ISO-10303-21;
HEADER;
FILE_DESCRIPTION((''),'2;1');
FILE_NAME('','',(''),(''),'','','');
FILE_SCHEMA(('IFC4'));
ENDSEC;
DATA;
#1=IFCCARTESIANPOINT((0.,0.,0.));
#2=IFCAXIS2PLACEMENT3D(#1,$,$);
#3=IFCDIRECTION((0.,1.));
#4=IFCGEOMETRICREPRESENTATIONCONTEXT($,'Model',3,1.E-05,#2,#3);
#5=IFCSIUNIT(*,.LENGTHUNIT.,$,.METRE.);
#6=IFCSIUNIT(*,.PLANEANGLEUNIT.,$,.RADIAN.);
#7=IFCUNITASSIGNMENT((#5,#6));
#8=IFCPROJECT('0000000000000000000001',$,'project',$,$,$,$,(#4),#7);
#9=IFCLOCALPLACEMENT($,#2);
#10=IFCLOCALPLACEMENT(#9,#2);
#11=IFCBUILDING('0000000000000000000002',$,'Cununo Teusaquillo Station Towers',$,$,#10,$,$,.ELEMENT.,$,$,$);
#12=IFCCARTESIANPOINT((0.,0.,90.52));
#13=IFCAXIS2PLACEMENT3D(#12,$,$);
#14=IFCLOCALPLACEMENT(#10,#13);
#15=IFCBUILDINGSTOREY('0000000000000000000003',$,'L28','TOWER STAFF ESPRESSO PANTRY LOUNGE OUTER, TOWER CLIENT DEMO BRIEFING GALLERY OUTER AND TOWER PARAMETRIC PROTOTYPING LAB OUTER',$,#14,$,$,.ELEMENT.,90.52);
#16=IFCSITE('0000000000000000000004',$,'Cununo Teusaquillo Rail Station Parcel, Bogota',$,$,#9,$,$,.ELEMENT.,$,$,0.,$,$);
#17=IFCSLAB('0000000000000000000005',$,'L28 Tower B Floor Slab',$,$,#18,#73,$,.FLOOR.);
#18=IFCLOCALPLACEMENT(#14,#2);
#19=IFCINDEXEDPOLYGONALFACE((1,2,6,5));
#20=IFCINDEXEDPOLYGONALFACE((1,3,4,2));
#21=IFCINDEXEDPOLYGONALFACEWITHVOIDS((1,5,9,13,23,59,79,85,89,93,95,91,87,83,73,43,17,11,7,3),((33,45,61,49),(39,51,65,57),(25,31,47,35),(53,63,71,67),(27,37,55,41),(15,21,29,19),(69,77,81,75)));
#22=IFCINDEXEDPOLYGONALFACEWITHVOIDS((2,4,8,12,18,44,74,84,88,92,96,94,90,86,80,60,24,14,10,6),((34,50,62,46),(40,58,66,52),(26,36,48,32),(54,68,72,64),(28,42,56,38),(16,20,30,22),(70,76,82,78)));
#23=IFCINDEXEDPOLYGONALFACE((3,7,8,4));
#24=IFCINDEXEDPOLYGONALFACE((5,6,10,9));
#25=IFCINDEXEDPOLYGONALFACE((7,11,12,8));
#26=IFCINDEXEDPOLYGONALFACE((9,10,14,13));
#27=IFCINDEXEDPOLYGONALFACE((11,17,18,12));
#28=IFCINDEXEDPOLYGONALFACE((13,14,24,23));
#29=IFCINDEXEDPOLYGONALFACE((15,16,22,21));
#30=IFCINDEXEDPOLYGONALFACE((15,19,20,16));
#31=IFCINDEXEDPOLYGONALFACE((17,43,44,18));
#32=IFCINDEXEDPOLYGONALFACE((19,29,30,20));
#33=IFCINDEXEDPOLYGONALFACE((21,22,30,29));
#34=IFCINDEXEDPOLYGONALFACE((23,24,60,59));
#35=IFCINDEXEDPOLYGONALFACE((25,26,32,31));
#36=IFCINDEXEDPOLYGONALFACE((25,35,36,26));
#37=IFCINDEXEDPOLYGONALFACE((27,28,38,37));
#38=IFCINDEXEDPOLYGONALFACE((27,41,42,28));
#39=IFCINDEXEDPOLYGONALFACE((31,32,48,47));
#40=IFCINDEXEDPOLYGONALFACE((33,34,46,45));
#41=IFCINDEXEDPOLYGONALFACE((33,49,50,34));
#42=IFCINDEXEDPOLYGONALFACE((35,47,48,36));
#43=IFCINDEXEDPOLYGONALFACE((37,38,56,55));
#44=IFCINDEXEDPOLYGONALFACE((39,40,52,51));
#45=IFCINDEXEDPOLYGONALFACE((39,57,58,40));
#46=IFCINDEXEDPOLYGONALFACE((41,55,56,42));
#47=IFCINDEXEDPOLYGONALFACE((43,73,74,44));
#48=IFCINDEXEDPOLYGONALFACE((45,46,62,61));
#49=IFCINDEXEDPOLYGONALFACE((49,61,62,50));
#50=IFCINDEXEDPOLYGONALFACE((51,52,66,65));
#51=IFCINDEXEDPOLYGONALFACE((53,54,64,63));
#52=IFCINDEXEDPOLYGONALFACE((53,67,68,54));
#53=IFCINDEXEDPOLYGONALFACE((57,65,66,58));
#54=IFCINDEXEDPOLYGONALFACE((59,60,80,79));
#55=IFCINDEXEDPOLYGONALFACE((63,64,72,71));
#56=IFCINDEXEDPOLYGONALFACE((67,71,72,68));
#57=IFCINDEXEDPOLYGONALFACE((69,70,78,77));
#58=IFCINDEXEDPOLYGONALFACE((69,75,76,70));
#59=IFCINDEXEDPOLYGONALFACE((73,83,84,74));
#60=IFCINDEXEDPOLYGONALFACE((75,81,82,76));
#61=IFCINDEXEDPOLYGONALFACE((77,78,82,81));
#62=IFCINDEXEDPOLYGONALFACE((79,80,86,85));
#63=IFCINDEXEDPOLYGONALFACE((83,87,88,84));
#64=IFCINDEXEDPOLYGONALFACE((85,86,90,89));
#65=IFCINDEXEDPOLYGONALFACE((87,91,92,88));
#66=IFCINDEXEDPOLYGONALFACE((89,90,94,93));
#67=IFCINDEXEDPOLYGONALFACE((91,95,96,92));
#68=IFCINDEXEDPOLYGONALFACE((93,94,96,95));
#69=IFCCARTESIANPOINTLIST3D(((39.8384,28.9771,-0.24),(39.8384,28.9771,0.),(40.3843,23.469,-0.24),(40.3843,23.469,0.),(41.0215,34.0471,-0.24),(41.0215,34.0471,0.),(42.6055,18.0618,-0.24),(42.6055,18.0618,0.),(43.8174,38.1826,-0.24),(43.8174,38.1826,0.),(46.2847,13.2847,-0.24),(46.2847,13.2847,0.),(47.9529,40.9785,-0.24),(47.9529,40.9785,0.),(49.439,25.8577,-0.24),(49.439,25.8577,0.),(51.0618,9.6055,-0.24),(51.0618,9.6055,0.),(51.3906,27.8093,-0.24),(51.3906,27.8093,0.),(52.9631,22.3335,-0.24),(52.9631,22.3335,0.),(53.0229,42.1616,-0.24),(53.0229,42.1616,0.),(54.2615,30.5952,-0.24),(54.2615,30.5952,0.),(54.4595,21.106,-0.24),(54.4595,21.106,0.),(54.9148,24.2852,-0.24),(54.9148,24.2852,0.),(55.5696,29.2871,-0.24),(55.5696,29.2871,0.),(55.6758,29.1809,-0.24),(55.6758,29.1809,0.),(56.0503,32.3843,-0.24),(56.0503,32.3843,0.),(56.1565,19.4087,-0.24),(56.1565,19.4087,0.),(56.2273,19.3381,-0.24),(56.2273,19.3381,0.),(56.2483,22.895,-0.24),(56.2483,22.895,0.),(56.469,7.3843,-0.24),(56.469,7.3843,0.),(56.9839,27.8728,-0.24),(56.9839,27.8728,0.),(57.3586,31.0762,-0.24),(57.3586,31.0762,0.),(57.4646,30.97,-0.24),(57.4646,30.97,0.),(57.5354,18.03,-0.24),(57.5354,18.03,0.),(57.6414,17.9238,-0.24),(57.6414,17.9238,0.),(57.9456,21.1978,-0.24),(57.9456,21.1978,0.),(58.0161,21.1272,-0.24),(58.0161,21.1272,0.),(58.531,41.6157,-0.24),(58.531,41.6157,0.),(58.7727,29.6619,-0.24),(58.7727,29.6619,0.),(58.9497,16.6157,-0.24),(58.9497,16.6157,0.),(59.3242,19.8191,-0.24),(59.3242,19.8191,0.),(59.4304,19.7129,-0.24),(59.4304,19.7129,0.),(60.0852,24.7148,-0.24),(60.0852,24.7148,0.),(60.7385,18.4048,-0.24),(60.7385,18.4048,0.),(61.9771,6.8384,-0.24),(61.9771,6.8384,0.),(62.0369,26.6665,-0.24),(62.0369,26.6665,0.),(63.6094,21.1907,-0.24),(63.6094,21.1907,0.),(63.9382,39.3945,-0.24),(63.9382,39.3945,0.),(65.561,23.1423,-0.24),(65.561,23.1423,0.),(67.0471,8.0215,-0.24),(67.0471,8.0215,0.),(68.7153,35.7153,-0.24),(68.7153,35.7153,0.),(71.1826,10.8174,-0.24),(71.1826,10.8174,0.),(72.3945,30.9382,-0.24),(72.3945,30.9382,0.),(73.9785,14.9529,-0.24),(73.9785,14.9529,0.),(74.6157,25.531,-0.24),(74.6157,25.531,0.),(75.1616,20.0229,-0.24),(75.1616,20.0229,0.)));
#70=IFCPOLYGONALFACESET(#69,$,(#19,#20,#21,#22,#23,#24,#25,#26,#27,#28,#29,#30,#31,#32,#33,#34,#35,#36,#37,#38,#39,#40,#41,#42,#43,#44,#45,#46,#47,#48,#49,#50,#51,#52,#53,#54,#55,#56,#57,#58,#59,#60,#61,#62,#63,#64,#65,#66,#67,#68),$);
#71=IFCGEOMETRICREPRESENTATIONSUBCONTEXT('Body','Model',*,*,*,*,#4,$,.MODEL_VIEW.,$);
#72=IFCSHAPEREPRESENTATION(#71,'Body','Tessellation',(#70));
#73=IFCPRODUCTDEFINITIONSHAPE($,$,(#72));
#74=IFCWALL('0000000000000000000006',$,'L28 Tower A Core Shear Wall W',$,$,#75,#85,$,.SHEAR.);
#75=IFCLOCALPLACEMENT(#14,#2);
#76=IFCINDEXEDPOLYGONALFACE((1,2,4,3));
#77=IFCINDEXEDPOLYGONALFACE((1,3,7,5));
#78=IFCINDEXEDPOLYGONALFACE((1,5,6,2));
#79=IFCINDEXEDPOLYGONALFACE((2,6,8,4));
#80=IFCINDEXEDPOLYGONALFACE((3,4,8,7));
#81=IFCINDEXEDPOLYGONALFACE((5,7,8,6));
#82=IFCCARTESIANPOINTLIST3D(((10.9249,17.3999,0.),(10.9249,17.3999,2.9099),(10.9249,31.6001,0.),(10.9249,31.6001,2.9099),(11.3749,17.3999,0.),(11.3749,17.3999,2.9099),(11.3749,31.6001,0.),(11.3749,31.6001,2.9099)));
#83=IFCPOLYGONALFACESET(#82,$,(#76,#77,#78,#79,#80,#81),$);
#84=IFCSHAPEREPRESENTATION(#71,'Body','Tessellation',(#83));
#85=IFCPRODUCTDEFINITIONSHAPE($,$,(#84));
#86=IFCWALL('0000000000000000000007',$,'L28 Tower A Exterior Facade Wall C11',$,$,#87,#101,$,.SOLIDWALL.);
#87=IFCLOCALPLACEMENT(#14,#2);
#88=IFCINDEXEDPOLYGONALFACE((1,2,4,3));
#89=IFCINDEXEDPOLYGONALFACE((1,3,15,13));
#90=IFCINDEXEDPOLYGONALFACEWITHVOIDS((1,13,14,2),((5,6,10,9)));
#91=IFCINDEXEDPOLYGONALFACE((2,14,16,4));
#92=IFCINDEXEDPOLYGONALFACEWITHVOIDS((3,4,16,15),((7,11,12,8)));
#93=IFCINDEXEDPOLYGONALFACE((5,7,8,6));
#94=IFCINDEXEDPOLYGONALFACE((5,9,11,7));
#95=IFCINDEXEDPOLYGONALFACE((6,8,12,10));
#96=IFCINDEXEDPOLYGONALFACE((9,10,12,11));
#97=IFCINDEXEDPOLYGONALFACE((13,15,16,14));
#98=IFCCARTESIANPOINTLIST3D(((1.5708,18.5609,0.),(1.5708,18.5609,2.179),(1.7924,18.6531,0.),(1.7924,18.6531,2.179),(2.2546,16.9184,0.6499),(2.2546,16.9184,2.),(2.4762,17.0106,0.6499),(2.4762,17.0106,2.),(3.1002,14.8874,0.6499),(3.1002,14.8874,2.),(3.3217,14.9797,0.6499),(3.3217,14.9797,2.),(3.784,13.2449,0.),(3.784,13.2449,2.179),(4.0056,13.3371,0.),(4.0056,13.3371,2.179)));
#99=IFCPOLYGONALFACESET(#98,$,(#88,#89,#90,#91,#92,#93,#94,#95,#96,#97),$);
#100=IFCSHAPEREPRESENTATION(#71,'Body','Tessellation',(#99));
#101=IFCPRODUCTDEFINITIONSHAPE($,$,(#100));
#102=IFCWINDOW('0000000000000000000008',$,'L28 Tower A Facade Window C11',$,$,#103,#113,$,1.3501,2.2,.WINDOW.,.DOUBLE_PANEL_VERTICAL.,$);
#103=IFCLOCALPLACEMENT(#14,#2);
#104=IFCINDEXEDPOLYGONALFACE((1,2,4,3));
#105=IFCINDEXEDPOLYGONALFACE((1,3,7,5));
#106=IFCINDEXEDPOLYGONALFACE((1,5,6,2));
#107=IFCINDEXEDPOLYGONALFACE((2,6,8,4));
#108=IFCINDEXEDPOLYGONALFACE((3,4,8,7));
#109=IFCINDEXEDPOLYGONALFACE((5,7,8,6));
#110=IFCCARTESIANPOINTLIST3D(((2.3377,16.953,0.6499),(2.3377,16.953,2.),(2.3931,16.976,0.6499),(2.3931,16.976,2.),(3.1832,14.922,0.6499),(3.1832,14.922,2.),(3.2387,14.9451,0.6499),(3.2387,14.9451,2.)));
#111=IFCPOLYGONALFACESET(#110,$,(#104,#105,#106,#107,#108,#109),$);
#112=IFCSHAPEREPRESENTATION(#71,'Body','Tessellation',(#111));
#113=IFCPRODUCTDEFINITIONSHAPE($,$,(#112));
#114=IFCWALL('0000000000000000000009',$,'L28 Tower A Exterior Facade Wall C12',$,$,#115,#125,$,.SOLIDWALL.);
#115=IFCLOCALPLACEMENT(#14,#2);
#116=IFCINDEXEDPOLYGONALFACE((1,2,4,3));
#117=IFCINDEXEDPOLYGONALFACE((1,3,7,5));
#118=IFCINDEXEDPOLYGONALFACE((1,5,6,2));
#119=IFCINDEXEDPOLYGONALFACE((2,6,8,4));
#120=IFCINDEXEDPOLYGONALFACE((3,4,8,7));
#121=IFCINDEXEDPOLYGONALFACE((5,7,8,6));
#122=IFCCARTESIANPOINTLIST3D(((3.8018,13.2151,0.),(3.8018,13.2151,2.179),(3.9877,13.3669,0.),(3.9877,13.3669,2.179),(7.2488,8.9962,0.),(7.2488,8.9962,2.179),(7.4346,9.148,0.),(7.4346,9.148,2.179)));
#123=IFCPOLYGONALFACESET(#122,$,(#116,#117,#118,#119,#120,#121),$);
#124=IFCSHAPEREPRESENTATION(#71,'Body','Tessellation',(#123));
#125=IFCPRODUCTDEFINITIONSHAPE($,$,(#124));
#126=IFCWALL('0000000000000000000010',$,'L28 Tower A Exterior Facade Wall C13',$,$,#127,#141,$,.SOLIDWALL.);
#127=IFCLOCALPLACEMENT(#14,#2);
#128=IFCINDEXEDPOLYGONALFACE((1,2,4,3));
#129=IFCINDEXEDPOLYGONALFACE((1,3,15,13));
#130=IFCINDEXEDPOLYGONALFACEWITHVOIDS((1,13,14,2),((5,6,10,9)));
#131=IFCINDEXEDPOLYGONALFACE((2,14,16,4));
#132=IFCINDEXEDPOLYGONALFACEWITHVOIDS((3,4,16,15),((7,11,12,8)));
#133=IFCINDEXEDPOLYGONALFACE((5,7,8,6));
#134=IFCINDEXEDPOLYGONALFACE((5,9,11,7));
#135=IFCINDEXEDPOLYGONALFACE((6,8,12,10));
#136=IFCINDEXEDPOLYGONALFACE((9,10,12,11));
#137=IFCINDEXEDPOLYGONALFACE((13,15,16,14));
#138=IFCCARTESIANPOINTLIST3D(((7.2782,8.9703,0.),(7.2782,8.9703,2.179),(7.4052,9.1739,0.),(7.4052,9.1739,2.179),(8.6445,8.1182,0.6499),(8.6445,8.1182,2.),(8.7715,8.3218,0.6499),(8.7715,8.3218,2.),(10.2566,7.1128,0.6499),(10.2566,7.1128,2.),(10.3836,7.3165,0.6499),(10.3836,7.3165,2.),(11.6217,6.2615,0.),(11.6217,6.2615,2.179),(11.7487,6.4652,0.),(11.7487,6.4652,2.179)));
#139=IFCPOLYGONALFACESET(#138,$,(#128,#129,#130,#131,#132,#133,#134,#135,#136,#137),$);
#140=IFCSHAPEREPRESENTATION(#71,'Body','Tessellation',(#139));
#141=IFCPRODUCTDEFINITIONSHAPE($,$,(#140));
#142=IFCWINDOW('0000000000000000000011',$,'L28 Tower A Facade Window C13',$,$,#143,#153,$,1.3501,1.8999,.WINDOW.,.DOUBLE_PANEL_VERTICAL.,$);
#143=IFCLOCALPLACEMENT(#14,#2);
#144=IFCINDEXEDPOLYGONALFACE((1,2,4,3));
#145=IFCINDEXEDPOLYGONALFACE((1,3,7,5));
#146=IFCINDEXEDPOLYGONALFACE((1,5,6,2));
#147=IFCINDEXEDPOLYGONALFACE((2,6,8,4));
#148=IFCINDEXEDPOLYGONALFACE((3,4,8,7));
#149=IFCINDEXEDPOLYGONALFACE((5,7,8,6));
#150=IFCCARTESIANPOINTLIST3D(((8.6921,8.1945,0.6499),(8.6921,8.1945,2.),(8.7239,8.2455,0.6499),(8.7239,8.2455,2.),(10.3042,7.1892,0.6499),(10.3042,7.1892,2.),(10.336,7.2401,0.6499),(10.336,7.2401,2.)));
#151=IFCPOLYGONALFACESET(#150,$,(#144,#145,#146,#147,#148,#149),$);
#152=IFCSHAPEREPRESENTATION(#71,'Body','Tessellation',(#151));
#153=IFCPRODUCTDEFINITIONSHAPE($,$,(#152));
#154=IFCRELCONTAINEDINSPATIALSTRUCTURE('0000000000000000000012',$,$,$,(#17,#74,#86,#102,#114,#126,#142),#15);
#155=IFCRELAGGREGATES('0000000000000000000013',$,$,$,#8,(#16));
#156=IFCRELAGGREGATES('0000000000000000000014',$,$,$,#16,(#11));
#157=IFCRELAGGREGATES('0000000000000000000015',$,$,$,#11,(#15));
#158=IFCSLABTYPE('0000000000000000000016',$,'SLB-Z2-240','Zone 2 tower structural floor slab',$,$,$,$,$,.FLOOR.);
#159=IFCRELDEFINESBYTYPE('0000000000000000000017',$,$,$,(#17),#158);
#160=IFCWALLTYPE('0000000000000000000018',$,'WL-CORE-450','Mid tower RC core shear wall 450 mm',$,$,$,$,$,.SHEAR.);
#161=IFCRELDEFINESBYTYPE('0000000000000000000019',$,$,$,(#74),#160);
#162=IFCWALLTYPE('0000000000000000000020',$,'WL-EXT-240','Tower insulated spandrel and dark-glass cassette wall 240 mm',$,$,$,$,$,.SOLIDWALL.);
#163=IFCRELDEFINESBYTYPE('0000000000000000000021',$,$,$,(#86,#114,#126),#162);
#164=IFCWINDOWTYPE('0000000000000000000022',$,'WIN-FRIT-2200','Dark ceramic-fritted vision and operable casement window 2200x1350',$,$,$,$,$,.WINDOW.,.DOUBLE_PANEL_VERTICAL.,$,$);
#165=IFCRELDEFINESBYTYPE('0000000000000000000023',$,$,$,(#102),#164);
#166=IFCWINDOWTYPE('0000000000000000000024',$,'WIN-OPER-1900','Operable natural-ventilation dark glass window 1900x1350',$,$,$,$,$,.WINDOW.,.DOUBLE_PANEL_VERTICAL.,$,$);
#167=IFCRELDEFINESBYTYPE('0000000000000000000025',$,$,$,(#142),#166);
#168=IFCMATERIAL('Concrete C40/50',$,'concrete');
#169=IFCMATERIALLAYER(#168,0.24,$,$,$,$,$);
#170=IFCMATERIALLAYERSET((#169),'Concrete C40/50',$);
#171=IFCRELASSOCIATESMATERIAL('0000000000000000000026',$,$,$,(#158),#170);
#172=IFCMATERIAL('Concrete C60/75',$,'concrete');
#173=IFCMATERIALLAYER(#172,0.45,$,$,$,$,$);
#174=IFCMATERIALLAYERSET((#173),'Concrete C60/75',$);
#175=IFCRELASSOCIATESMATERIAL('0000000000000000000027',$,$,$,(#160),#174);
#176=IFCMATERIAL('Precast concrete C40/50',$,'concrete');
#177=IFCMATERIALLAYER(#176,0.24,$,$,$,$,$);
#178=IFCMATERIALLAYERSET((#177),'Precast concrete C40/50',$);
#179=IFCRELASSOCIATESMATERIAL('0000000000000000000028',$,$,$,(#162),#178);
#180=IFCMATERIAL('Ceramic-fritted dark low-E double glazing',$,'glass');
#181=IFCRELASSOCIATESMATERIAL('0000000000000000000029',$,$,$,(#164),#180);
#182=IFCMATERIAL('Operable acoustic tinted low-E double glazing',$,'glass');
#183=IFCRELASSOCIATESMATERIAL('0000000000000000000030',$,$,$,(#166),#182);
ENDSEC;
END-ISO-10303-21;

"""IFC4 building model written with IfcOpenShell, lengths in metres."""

from ifc_helpers import new_model, si_unit, direction, frame, frame_2d, origin, place, context, subcontext, project, spatial, polyline, rectangle, outline, extrude, source, transform, mapped, material, layer, layer_set, type_object, element, fill, save


model = new_model("IFC4")

# Units and contexts
model_context = context("Model", 3, precision=1e-05, world=origin(), true_north=direction((0.0, 1.0)))
body_context = subcontext(model_context, "Body", "Model", "MODEL_VIEW")
ifc_project = project(units=[si_unit("LENGTHUNIT", "METRE"), si_unit("PLANEANGLEUNIT", "RADIAN")], contexts=[model_context])

# Site, building, storey
site_placement = place(None, origin())
site = spatial("IfcSite", under=ifc_project, at=site_placement, Name="Cununo Teusaquillo Rail Station Parcel, Bogota", CompositionType="ELEMENT", RefElevation=0.0)
building_placement = place(site_placement, origin())
building = spatial("IfcBuilding", under=site, at=building_placement, Name="Cununo Teusaquillo Station Towers", CompositionType="ELEMENT")
storey_placement = place(building_placement, frame((0.0, 0.0, 90.52)))
storey = spatial("IfcBuildingStorey", under=building, at=storey_placement, Name="L28", Description="TOWER STAFF ESPRESSO PANTRY LOUNGE OUTER, TOWER CLIENT DEMO BRIEFING GALLERY OUTER AND TOWER PARAMETRIC PROTOTYPING LAB OUTER", CompositionType="ELEMENT", Elevation=90.52)

# Slab
ifc_material_1 = material(Name="Concrete C40/50", Category="concrete")
ifc_layer_1 = layer(ifc_material_1, 0.24)
ifc_layer_set_1 = layer_set([ifc_layer_1], Name="Concrete C40/50")
slab_type_1 = type_object("IfcSlabType", Name="SLB-Z2-240", Description="Zone 2 tower structural floor slab", PredefinedType="FLOOR", material=ifc_layer_set_1)
slab_1_placement = place(storey_placement, frame((0.0, 0.0, -0.24)))
element("IfcSlab", 1, at=slab_1_placement, inside=storey, type_object=slab_type_1, Name="L28 Tower B Floor Slab", PredefinedType="FLOOR", context=body_context, shape_type="SweptSolid", body=[
    extrude(outline(polyline([(68.7153, 35.7153), (63.9382, 39.3945), (58.531, 41.6157), (53.0229, 42.1616), (47.9529, 40.9785), (43.8174, 38.1826), (41.0215, 34.0471), (39.8384, 28.9771), (40.3843, 23.469), (42.6055, 18.0618), (46.2847, 13.2847), (51.0618, 9.6055), (56.469, 7.3843), (61.9771, 6.8384), (67.0471, 8.0215), (71.1826, 10.8174), (73.9785, 14.9529), (75.1616, 20.0229), (74.6157, 25.531), (72.3945, 30.9382), (68.7153, 35.7153)]), holes=[polyline([(54.9148, 24.2852), (51.3906, 27.8093), (49.439, 25.8577), (52.9631, 22.3335), (54.9148, 24.2852)]), polyline([(60.0852, 24.7148), (63.6094, 21.1907), (65.561, 23.1423), (62.0369, 26.6665), (60.0852, 24.7148)]), polyline([(56.1565, 19.4087), (57.9456, 21.1978), (56.2483, 22.895), (54.4595, 21.106), (56.1565, 19.4087)]), polyline([(58.9497, 16.6157), (60.7385, 18.4048), (59.4304, 19.7129), (57.6414, 17.9238), (58.9497, 16.6157)]), polyline([(57.5354, 18.03), (59.3242, 19.8191), (58.0161, 21.1272), (56.2273, 19.3381), (57.5354, 18.03)]), polyline([(56.9839, 27.8728), (58.7727, 29.6619), (57.4646, 30.97), (55.6758, 29.1809), (56.9839, 27.8728)]), polyline([(55.5696, 29.2871), (57.3586, 31.0762), (56.0503, 32.3843), (54.2615, 30.5952), (55.5696, 29.2871)])]), origin(), (0.0, 0.0, 1.0), 0.24),
])

# Wall
ifc_material_2 = material(Name="Concrete C60/75", Category="concrete")
ifc_layer_2 = layer(ifc_material_2, 0.45)
ifc_layer_set_2 = layer_set([ifc_layer_2], Name="Concrete C60/75")
wall_type_1 = type_object("IfcWallType", Name="WL-CORE-450", Description="Mid tower RC core shear wall 450 mm", PredefinedType="SHEAR", material=ifc_layer_set_2)
wall_1_placement = place(storey_placement, frame((11.1499, 17.3999, 0.0), z_axis=(0.0, 0.0, 1.0), x_axis=(0.0, 1.0, 0.0)))
element("IfcWall", 2, at=wall_1_placement, inside=storey, type_object=wall_type_1, Name="L28 Tower A Core Shear Wall W", PredefinedType="SHEAR", context=body_context, shape_type="SweptSolid", body=[
    extrude(rectangle(XDim=14.2002, YDim=0.45, at=frame_2d((7.1001, 0.0))), origin(), (0.0, 0.0, 1.0), 2.9099),
])

# Wall, opening, window
ifc_material_3 = material(Name="Precast concrete C40/50", Category="concrete")
ifc_layer_3 = layer(ifc_material_3, 0.24)
ifc_layer_set_3 = layer_set([ifc_layer_3], Name="Precast concrete C40/50")
wall_type_2 = type_object("IfcWallType", Name="WL-EXT-240", Description="Tower insulated spandrel and dark-glass cassette wall 240 mm", PredefinedType="SOLIDWALL", material=ifc_layer_set_3)
wall_2_placement = place(storey_placement, frame((3.8948, 13.291, 0.0), z_axis=(0.0, 0.0, 1.0), x_axis=(-0.384344, 0.92319, 0.0)))
wall_2 = element("IfcWall", 3, at=wall_2_placement, inside=storey, type_object=wall_type_2, Name="L28 Tower A Exterior Facade Wall C11", PredefinedType="SOLIDWALL", context=body_context, shape_type="SweptSolid", body=[
    extrude(rectangle(XDim=5.7583, YDim=0.24, at=frame_2d((2.8792, 0.0))), origin(), (0.0, 0.0, 1.0), 2.179),
])
shared_shape_1 = source(origin(), body_context, "Body", "SweptSolid", [
    extrude(rectangle(XDim=2.2, YDim=1.3501, at=frame_2d((1.1001, 0.675))), frame((0.0, 0.1299, 0.0), z_axis=(0.0, -1.0, 0.0), x_axis=(1.0, 0.0, 0.0)), (0.0, 0.0, 1.0), 0.26),
])
opening_1_placement = place(wall_2_placement, frame((1.7791, 0.0, 0.6499)))
opening_1 = element("IfcOpeningElement", 4, at=opening_1_placement, cuts=wall_2, PredefinedType="OPENING", context=body_context, shape_type="MappedRepresentation", body=[
    mapped(shared_shape_1, transform((0.0, 0.0, 0.0), x_axis=(1.0, 0.0, 0.0), y_axis=(0.0, 1.0, 0.0), z_axis=(0.0, 0.0, 1.0), scale=1.0)),
])
ifc_material_4 = material(Name="Ceramic-fritted dark low-E double glazing", Category="glass")
window_type_1 = type_object("IfcWindowType", Name="WIN-FRIT-2200", Description="Dark ceramic-fritted vision and operable casement window 2200x1350", PartitioningType="DOUBLE_PANEL_VERTICAL", PredefinedType="WINDOW", material=ifc_material_4)
shared_shape_2 = source(origin(), body_context, "Body", "SweptSolid", [
    extrude(rectangle(XDim=2.2, YDim=1.3501, at=frame_2d((1.1001, 0.675))), frame((0.0, 0.03, 0.0), z_axis=(0.0, -1.0, 0.0), x_axis=(1.0, 0.0, 0.0)), (0.0, 0.0, 1.0), 0.0601),
])
window_1_placement = place(opening_1_placement, origin())
window_1 = element("IfcWindow", 5, at=window_1_placement, inside=storey, type_object=window_type_1, Name="L28 Tower A Facade Window C11", OverallHeight=1.3501, OverallWidth=2.2, PartitioningType="DOUBLE_PANEL_VERTICAL", PredefinedType="WINDOW", context=body_context, shape_type="MappedRepresentation", body=[
    mapped(shared_shape_2, transform((0.0, 0.0, 0.0), x_axis=(1.0, 0.0, 0.0), y_axis=(0.0, 1.0, 0.0), z_axis=(0.0, 0.0, 1.0), scale=1.0)),
])
fill(opening_1, window_1)

# Wall
wall_3_placement = place(storey_placement, frame((7.3418, 9.072, 0.0), z_axis=(0.0, 0.0, 1.0), x_axis=(-0.632701, 0.774396, 0.0)))
element("IfcWall", 6, at=wall_3_placement, inside=storey, type_object=wall_type_2, Name="L28 Tower A Exterior Facade Wall C12", PredefinedType="SOLIDWALL", context=body_context, shape_type="SweptSolid", body=[
    extrude(rectangle(XDim=5.448, YDim=0.24, at=frame_2d((2.7241, 0.0))), origin(), (0.0, 0.0, 1.0), 2.179),
])

# Wall, opening, window
wall_4_placement = place(storey_placement, frame((11.6853, 6.3633, 0.0), z_axis=(0.0, 0.0, 1.0), x_axis=(-0.84852, 0.529163, 0.0)))
wall_4 = element("IfcWall", 7, at=wall_4_placement, inside=storey, type_object=wall_type_2, Name="L28 Tower A Exterior Facade Wall C13", PredefinedType="SOLIDWALL", context=body_context, shape_type="SweptSolid", body=[
    extrude(rectangle(XDim=5.1189, YDim=0.24, at=frame_2d((2.5596, 0.0))), origin(), (0.0, 0.0, 1.0), 2.179),
])
shared_shape_3 = source(origin(), body_context, "Body", "SweptSolid", [
    extrude(rectangle(XDim=1.8999, YDim=1.3501, at=frame_2d((0.95, 0.675))), frame((0.0, 0.1299, 0.0), z_axis=(0.0, -1.0, 0.0), x_axis=(1.0, 0.0, 0.0)), (0.0, 0.0, 1.0), 0.26),
])
opening_2_placement = place(wall_4_placement, frame((1.6089, 0.0, 0.6499)))
opening_2 = element("IfcOpeningElement", 8, at=opening_2_placement, cuts=wall_4, PredefinedType="OPENING", context=body_context, shape_type="MappedRepresentation", body=[
    mapped(shared_shape_3, transform((0.0, 0.0, 0.0), x_axis=(1.0, 0.0, 0.0), y_axis=(0.0, 1.0, 0.0), z_axis=(0.0, 0.0, 1.0), scale=1.0)),
])
ifc_material_5 = material(Name="Operable acoustic tinted low-E double glazing", Category="glass")
window_type_2 = type_object("IfcWindowType", Name="WIN-OPER-1900", Description="Operable natural-ventilation dark glass window 1900x1350", PartitioningType="DOUBLE_PANEL_VERTICAL", PredefinedType="WINDOW", material=ifc_material_5)
shared_shape_4 = source(origin(), body_context, "Body", "SweptSolid", [
    extrude(rectangle(XDim=1.8999, YDim=1.3501, at=frame_2d((0.95, 0.675))), frame((0.0, 0.03, 0.0), z_axis=(0.0, -1.0, 0.0), x_axis=(1.0, 0.0, 0.0)), (0.0, 0.0, 1.0), 0.0601),
])
window_2_placement = place(opening_2_placement, origin())
window_2 = element("IfcWindow", 9, at=window_2_placement, inside=storey, type_object=window_type_2, Name="L28 Tower A Facade Window C13", OverallHeight=1.3501, OverallWidth=1.8999, PartitioningType="DOUBLE_PANEL_VERTICAL", PredefinedType="WINDOW", context=body_context, shape_type="MappedRepresentation", body=[
    mapped(shared_shape_4, transform((0.0, 0.0, 0.0), x_axis=(1.0, 0.0, 0.0), y_axis=(0.0, 1.0, 0.0), z_axis=(0.0, 0.0, 1.0), scale=1.0)),
])
fill(opening_2, window_2)

save(model, "model.ifc")
